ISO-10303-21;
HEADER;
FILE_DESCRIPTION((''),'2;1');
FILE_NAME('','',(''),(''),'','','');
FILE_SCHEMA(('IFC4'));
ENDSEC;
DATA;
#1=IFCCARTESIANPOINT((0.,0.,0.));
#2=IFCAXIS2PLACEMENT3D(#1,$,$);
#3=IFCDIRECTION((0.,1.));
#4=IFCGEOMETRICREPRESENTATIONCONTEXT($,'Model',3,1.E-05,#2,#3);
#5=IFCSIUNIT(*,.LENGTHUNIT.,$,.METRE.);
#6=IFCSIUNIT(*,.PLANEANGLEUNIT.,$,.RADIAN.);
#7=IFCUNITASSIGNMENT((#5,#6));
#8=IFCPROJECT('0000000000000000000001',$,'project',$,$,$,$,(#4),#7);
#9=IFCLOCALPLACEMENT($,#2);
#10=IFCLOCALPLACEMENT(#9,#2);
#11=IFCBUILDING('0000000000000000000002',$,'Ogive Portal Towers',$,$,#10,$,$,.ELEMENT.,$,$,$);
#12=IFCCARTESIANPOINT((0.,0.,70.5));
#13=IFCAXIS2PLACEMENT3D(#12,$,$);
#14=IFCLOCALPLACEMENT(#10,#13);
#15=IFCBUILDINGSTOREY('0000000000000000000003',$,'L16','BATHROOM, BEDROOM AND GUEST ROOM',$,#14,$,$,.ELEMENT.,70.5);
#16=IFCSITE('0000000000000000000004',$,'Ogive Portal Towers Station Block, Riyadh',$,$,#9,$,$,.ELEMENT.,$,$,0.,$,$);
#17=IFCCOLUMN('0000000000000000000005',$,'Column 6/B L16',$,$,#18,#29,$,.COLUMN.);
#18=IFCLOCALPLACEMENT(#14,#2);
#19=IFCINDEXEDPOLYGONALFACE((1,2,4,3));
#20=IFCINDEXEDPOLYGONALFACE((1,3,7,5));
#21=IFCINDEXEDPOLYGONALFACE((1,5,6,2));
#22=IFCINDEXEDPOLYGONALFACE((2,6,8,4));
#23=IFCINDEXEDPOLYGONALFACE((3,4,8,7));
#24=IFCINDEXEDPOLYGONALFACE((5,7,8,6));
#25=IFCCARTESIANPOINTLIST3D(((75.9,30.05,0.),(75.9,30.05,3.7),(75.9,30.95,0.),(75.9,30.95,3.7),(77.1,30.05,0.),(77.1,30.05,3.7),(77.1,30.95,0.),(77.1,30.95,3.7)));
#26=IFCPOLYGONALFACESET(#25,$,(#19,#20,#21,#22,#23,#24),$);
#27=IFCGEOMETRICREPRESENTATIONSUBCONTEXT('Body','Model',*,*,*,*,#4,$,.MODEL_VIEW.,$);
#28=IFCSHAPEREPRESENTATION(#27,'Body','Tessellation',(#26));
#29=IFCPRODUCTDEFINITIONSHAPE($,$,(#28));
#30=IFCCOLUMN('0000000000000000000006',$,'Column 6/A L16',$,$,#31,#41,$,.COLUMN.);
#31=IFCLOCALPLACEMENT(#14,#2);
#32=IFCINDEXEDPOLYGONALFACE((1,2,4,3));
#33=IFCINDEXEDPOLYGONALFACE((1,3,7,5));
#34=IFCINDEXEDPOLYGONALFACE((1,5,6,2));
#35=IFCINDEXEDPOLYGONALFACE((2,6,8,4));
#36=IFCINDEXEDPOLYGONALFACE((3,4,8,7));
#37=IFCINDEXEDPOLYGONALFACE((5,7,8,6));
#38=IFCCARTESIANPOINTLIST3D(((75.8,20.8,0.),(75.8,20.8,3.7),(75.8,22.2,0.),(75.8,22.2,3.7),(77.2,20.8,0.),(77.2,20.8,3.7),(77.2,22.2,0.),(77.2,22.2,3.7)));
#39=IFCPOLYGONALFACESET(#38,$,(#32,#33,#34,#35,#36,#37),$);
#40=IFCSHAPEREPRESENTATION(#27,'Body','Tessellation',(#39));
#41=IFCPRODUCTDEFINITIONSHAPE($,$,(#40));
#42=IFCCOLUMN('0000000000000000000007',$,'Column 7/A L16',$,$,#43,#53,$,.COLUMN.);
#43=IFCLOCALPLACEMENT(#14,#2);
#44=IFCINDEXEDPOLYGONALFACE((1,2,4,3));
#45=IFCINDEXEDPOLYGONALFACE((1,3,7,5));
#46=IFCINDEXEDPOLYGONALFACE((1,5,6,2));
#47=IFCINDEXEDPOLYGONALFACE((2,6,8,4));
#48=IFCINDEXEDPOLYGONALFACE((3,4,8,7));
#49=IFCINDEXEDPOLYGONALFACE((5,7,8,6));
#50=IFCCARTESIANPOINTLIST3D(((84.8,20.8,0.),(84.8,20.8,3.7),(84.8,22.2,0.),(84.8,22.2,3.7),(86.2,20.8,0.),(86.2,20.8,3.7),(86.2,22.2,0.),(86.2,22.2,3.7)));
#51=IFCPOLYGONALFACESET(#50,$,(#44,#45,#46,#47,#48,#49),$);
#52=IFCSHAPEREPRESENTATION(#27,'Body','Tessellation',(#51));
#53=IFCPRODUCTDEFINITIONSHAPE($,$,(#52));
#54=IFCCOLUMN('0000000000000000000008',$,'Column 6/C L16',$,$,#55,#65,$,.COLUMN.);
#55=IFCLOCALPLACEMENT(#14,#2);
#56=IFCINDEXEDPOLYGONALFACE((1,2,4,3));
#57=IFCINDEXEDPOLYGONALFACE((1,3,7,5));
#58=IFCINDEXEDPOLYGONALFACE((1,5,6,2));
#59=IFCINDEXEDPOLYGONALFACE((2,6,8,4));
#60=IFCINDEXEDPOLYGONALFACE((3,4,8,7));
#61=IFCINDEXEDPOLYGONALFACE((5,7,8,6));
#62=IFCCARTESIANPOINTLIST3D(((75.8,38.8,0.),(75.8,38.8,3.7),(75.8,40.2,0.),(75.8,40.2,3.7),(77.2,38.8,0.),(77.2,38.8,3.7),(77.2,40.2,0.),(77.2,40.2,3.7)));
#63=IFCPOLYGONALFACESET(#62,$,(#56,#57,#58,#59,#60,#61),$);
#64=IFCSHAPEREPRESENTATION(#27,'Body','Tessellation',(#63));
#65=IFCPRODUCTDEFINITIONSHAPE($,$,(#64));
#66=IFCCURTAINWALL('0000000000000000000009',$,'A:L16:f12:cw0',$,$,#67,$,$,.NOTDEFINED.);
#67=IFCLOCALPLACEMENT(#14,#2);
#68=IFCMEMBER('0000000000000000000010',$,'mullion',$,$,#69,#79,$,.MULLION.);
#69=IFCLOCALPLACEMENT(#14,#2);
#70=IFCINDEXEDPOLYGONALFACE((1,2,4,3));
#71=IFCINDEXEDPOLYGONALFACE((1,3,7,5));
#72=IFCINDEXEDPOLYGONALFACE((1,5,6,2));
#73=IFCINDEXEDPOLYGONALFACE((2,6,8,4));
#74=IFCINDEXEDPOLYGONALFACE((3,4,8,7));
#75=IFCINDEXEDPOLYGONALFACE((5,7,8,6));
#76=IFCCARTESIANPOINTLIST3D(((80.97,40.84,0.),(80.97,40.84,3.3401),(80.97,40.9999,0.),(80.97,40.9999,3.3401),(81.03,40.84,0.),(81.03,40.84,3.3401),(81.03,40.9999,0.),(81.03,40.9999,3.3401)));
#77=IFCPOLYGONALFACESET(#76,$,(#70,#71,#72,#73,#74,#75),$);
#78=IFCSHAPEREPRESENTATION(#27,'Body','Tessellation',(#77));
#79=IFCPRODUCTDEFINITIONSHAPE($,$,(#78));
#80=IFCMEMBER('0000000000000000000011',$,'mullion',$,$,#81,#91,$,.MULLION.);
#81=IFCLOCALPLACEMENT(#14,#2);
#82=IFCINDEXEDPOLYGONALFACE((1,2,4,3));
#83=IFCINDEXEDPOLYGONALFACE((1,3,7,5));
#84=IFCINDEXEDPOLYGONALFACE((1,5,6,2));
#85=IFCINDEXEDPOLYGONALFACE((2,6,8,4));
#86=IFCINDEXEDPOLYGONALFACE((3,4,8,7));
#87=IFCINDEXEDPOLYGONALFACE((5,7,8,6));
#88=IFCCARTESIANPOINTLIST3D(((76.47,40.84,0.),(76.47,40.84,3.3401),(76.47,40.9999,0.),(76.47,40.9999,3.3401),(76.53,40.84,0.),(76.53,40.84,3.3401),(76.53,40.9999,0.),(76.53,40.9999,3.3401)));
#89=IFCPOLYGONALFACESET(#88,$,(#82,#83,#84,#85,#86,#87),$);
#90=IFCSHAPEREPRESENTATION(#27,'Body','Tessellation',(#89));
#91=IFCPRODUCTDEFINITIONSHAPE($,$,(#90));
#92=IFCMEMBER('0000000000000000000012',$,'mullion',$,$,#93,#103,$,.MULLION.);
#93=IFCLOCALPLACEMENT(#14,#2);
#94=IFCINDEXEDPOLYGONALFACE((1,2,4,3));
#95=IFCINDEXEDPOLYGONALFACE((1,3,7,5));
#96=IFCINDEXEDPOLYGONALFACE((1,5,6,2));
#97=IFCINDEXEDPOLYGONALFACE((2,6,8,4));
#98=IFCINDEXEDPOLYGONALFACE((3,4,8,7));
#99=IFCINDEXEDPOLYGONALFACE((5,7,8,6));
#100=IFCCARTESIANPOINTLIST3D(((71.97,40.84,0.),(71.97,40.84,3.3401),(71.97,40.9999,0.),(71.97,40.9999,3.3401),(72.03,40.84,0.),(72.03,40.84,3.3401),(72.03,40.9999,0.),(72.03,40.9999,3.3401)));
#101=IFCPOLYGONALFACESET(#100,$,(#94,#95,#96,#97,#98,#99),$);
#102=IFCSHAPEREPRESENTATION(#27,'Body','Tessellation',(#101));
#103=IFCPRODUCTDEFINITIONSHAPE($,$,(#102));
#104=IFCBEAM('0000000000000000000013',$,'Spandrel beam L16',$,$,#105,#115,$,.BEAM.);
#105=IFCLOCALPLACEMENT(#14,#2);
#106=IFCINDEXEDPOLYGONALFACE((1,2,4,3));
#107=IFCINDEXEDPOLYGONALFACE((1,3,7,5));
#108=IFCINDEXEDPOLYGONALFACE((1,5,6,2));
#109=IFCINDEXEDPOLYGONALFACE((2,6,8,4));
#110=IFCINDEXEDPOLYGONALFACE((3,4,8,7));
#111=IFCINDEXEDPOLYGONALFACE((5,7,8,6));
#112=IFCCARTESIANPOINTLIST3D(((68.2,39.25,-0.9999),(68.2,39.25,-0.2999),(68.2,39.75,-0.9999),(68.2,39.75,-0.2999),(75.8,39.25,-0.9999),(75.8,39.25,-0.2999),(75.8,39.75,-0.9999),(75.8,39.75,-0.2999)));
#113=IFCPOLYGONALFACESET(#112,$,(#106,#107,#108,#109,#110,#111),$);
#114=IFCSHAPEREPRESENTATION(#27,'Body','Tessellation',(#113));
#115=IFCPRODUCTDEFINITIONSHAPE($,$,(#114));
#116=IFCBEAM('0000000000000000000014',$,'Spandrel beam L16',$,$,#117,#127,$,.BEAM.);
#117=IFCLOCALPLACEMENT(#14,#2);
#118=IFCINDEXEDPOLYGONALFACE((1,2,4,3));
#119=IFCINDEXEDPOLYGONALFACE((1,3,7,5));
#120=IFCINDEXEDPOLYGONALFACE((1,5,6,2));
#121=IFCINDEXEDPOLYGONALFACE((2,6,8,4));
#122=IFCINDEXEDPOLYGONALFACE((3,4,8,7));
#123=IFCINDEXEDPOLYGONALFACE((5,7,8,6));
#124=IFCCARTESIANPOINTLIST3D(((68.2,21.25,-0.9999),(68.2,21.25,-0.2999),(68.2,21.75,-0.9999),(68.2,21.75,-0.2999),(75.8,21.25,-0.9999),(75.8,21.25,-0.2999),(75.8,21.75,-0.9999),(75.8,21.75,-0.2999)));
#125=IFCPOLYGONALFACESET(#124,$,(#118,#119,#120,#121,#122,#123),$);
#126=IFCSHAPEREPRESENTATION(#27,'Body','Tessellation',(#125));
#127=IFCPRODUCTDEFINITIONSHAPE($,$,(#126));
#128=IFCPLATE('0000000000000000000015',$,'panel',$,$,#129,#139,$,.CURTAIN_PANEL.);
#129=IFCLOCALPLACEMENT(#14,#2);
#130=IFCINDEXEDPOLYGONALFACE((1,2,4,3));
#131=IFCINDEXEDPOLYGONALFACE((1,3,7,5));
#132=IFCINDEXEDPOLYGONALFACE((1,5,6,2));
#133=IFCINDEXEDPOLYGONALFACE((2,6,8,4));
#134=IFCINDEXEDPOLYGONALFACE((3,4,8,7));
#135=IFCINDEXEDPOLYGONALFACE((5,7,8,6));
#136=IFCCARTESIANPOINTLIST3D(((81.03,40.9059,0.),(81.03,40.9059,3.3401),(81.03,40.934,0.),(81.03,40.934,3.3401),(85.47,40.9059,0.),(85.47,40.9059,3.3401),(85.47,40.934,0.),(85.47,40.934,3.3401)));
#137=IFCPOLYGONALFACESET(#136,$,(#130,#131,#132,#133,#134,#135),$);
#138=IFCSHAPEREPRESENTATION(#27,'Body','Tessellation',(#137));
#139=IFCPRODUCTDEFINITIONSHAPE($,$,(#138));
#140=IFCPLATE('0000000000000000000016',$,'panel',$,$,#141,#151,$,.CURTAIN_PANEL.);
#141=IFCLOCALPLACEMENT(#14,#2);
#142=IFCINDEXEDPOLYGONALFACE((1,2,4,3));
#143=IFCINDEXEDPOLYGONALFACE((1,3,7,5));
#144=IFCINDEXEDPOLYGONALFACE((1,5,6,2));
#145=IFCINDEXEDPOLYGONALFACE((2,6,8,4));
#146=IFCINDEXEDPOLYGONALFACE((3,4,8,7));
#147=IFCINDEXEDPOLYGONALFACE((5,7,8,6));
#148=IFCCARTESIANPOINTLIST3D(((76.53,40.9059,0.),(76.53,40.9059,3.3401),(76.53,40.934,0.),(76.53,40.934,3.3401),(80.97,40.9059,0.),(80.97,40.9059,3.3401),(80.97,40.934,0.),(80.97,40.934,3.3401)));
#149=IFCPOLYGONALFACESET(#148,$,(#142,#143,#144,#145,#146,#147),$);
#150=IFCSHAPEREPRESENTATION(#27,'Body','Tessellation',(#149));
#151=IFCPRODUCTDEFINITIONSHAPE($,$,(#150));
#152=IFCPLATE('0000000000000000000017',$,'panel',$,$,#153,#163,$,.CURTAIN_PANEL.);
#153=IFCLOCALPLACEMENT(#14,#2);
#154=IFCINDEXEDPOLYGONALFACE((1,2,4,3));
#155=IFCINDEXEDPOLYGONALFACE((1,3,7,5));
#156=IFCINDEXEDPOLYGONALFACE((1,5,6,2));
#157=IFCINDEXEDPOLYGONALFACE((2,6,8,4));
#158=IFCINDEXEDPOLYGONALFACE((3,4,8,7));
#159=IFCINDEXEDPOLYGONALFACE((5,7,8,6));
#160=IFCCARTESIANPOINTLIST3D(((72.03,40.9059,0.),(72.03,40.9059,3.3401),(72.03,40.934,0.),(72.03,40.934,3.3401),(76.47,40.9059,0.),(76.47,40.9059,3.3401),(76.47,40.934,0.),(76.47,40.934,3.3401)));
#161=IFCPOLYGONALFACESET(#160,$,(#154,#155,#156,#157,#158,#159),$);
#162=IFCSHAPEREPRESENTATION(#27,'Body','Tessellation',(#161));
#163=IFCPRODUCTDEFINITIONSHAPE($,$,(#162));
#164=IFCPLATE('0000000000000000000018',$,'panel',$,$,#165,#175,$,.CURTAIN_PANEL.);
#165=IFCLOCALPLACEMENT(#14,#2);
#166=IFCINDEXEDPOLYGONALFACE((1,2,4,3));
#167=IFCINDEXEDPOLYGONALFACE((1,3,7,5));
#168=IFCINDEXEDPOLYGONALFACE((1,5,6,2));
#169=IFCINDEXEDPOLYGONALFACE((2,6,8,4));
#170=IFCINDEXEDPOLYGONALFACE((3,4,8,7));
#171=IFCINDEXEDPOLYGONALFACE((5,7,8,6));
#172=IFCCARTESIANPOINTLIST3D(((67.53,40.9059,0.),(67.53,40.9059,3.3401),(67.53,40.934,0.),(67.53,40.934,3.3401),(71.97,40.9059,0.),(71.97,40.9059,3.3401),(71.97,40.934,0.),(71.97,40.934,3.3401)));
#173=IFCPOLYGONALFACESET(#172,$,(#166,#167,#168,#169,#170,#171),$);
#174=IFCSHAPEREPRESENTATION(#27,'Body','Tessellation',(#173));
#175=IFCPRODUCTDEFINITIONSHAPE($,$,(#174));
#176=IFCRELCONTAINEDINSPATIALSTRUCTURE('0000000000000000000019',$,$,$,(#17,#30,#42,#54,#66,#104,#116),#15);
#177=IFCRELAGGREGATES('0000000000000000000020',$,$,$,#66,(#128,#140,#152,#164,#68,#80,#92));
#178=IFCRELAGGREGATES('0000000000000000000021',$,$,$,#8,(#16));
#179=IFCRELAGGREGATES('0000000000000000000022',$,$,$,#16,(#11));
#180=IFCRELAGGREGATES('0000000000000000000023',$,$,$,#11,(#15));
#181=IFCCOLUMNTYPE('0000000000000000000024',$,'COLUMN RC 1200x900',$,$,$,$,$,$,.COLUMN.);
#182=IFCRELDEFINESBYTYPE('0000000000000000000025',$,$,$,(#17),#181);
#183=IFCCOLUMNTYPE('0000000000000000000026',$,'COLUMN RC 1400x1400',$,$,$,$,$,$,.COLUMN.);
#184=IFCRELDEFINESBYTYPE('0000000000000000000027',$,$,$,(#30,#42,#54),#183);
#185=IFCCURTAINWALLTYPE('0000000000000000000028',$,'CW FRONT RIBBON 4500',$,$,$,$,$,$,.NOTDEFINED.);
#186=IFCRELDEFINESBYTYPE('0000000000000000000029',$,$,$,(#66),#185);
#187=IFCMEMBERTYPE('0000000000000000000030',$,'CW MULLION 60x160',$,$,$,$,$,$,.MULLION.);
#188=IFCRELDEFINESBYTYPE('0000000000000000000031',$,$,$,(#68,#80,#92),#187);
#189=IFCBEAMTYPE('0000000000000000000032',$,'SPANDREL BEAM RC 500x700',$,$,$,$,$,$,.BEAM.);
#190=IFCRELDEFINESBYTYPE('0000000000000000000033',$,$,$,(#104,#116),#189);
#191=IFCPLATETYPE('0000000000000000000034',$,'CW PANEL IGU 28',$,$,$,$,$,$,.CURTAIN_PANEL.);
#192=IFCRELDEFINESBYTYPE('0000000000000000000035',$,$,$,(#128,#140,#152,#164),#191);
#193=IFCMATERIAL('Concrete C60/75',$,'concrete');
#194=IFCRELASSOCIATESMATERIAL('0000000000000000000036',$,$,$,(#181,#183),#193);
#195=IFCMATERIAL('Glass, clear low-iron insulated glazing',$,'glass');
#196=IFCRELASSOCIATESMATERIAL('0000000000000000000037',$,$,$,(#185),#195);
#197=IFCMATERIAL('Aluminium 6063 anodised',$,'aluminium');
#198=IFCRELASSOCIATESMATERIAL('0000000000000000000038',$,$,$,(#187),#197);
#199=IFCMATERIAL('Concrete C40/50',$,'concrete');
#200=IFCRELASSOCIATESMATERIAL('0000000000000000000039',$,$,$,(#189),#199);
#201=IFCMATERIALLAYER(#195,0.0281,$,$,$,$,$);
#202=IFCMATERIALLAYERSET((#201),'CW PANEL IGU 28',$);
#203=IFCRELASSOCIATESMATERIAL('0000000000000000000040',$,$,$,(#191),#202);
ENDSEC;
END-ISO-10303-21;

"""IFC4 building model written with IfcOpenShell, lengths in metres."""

from ifc_helpers import new_model, si_unit, direction, frame, origin, origin_2d, place, context, subcontext, project, spatial, rectangle, extrude, material, layer, layer_set, material_profile, profile_set, type_object, element, aggregate, save


model = new_model("IFC4")

# Units and contexts
model_context = context("Model", 3, precision=1e-05, world=origin(), true_north=direction((0.0, 1.0)))
body_context = subcontext(model_context, "Body", "Model", "MODEL_VIEW")
ifc_project = project(units=[si_unit("LENGTHUNIT", "METRE"), si_unit("PLANEANGLEUNIT", "RADIAN")], contexts=[model_context])

# Site, building, storey
site_placement = place(None, origin())
site = spatial("IfcSite", under=ifc_project, at=site_placement, Name="Ogive Portal Towers Station Block, Riyadh", CompositionType="ELEMENT", RefElevation=0.0)
building_placement = place(site_placement, origin())
building = spatial("IfcBuilding", under=site, at=building_placement, Name="Ogive Portal Towers", CompositionType="ELEMENT")
storey_placement = place(building_placement, frame((0.0, 0.0, 70.5)))
storey = spatial("IfcBuildingStorey", under=building, at=storey_placement, Name="L16", Description="BATHROOM, BEDROOM AND GUEST ROOM", CompositionType="ELEMENT", Elevation=70.5)

# Columns
ifc_material_1 = material(Name="Concrete C60/75", Category="concrete")
ifc_material_profile_1 = material_profile(ifc_material_1, rectangle(XDim=1.2, YDim=0.8999, at=origin_2d()), Name="RC 1200x900")
ifc_profile_set_1 = profile_set([ifc_material_profile_1], Name="Concrete C60/75")
column_type_1 = type_object("IfcColumnType", Name="COLUMN RC 1200x900", PredefinedType="COLUMN", material=ifc_profile_set_1)
column_placement = place(storey_placement, frame((76.5, 30.5, 0.0), z_axis=(0.0, 0.0, 1.0), x_axis=(1.0, 0.0, 0.0)))
element("IfcColumn", 1, at=column_placement, inside=storey, type_object=column_type_1, Name="Column 6/B L16", PredefinedType="COLUMN", context=body_context, shape_type="SweptSolid", body=[
    extrude(rectangle(XDim=1.2, YDim=0.8999, at=origin_2d()), origin(), (0.0, 0.0, 1.0), 3.7),
])
ifc_material_profile_2 = material_profile(ifc_material_1, rectangle(XDim=1.3999, YDim=1.3999, at=origin_2d()), Name="RC 1400x1400")
ifc_profile_set_2 = profile_set([ifc_material_profile_2], Name="Concrete C60/75")
column_type_2 = type_object("IfcColumnType", Name="COLUMN RC 1400x1400", PredefinedType="COLUMN", material=ifc_profile_set_2)
for number, where, z_axis, x_axis, name in (
    (2, (76.5, 21.5, 0.0), (0.0, 0.0, 1.0), (1.0, 0.0, 0.0), "Column 6/A L16"),
    (3, (85.5, 21.5, 0.0), (0.0, 0.0, 1.0), (1.0, 0.0, 0.0), "Column 7/A L16"),
    (4, (76.5, 39.5, 0.0), (0.0, 0.0, 1.0), (1.0, 0.0, 0.0), "Column 6/C L16"),
):
    element("IfcColumn", number, at=place(storey_placement, frame(where, z_axis=z_axis, x_axis=x_axis)), inside=storey, type_object=column_type_2, Name=name, PredefinedType="COLUMN", context=body_context, shape_type="SweptSolid", body=[
        extrude(rectangle(XDim=1.3999, YDim=1.3999, at=origin_2d()), origin(), (0.0, 0.0, 1.0), 3.7),
    ])

# Curtain wall, members
ifc_material_2 = material(Name="Glass, clear low-iron insulated glazing", Category="glass")
curtain_wall_type = type_object("IfcCurtainWallType", Name="CW FRONT RIBBON 4500", PredefinedType="NOTDEFINED", material=ifc_material_2)
curtain_wall_placement = place(storey_placement, origin())
curtain_wall = element("IfcCurtainWall", 5, at=curtain_wall_placement, inside=storey, type_object=curtain_wall_type, Name="A:L16:f12:cw0", PredefinedType="NOTDEFINED")
ifc_material_3 = material(Name="Aluminium 6063 anodised", Category="aluminium")
ifc_material_profile_3 = material_profile(ifc_material_3, rectangle(XDim=0.1599, YDim=0.0601, at=origin_2d()), Name="AL 60x160")
ifc_profile_set_3 = profile_set([ifc_material_profile_3], Name="Aluminium 6063 anodised")
member_type = type_object("IfcMemberType", Name="CW MULLION 60x160", PredefinedType="MULLION", material=ifc_profile_set_3)
member_1_placement = place(storey_placement, frame((81.0, 40.9199, 0.0), z_axis=(0.0, 0.0, 1.0), x_axis=(0.0, -1.0, 0.0)))
member_1 = element("IfcMember", 6, at=member_1_placement, type_object=member_type, Name="mullion", PredefinedType="MULLION", context=body_context, shape_type="SweptSolid", body=[
    extrude(rectangle(XDim=0.1599, YDim=0.0601, at=origin_2d()), origin(), (0.0, 0.0, 1.0), 3.3401),
])
member_2_placement = place(storey_placement, frame((76.5, 40.9199, 0.0), z_axis=(0.0, 0.0, 1.0), x_axis=(0.0, -1.0, 0.0)))
member_2 = element("IfcMember", 7, at=member_2_placement, type_object=member_type, Name="mullion", PredefinedType="MULLION", context=body_context, shape_type="SweptSolid", body=[
    extrude(rectangle(XDim=0.1599, YDim=0.0601, at=origin_2d()), origin(), (0.0, 0.0, 1.0), 3.3401),
])
member_3_placement = place(storey_placement, frame((72.0, 40.9199, 0.0), z_axis=(0.0, 0.0, 1.0), x_axis=(0.0, -1.0, 0.0)))
member_3 = element("IfcMember", 8, at=member_3_placement, type_object=member_type, Name="mullion", PredefinedType="MULLION", context=body_context, shape_type="SweptSolid", body=[
    extrude(rectangle(XDim=0.1599, YDim=0.0601, at=origin_2d()), origin(), (0.0, 0.0, 1.0), 3.3401),
])

# Beams
ifc_material_4 = material(Name="Concrete C40/50", Category="concrete")
ifc_material_profile_4 = material_profile(ifc_material_4, rectangle(XDim=0.5, YDim=0.7, at=origin_2d()), Name="RC 500x700")
ifc_profile_set_4 = profile_set([ifc_material_profile_4], Name="Concrete C40/50")
beam_type = type_object("IfcBeamType", Name="SPANDREL BEAM RC 500x700", PredefinedType="BEAM", material=ifc_profile_set_4)
for number, where, z_axis, x_axis, name in (
    (9, (68.2, 39.5, -0.6499), (1.0, 0.0, 0.0), (0.0, 1.0, 0.0), "Spandrel beam L16"),
    (10, (75.8, 21.5, -0.6499), (-1.0, 0.0, 0.0), (0.0, -1.0, 0.0), "Spandrel beam L16"),
):
    element("IfcBeam", number, at=place(storey_placement, frame(where, z_axis=z_axis, x_axis=x_axis)), inside=storey, type_object=beam_type, Name=name, PredefinedType="BEAM", context=body_context, shape_type="SweptSolid", body=[
        extrude(rectangle(XDim=0.5, YDim=0.7, at=origin_2d()), origin(), (0.0, 0.0, 1.0), 7.6001),
    ])

# Plates
ifc_layer_1 = layer(ifc_material_2, 0.0281)
ifc_layer_set_1 = layer_set([ifc_layer_1], Name="CW PANEL IGU 28")
plate_type = type_object("IfcPlateType", Name="CW PANEL IGU 28", PredefinedType="CURTAIN_PANEL", material=ifc_layer_set_1)
plate_1_placement = place(storey_placement, frame((83.25, 40.9199, 0.0), z_axis=(0.0, 0.0, 1.0), x_axis=(-1.0, 0.0, 0.0)))
plate_1 = element("IfcPlate", 11, at=plate_1_placement, type_object=plate_type, Name="panel", PredefinedType="CURTAIN_PANEL", context=body_context, shape_type="SweptSolid", body=[
    extrude(rectangle(XDim=4.4399, YDim=0.0281, at=origin_2d()), origin(), (0.0, 0.0, 1.0), 3.3401),
])
plate_2_placement = place(storey_placement, frame((78.75, 40.9199, 0.0), z_axis=(0.0, 0.0, 1.0), x_axis=(-1.0, 0.0, 0.0)))
plate_2 = element("IfcPlate", 12, at=plate_2_placement, type_object=plate_type, Name="panel", PredefinedType="CURTAIN_PANEL", context=body_context, shape_type="SweptSolid", body=[
    extrude(rectangle(XDim=4.4399, YDim=0.0281, at=origin_2d()), origin(), (0.0, 0.0, 1.0), 3.3401),
])
plate_3_placement = place(storey_placement, frame((74.25, 40.9199, 0.0), z_axis=(0.0, 0.0, 1.0), x_axis=(-1.0, 0.0, 0.0)))
plate_3 = element("IfcPlate", 13, at=plate_3_placement, type_object=plate_type, Name="panel", PredefinedType="CURTAIN_PANEL", context=body_context, shape_type="SweptSolid", body=[
    extrude(rectangle(XDim=4.4399, YDim=0.0281, at=origin_2d()), origin(), (0.0, 0.0, 1.0), 3.3401),
])
plate_4_placement = place(storey_placement, frame((69.75, 40.9199, 0.0), z_axis=(0.0, 0.0, 1.0), x_axis=(-1.0, 0.0, 0.0)))
plate_4 = element("IfcPlate", 14, at=plate_4_placement, type_object=plate_type, Name="panel", PredefinedType="CURTAIN_PANEL", context=body_context, shape_type="SweptSolid", body=[
    extrude(rectangle(XDim=4.4399, YDim=0.0281, at=origin_2d()), origin(), (0.0, 0.0, 1.0), 3.3401),
])
aggregate(curtain_wall, [plate_1, plate_2, plate_3, plate_4, member_1, member_2, member_3])

save(model, "model.ifc")
